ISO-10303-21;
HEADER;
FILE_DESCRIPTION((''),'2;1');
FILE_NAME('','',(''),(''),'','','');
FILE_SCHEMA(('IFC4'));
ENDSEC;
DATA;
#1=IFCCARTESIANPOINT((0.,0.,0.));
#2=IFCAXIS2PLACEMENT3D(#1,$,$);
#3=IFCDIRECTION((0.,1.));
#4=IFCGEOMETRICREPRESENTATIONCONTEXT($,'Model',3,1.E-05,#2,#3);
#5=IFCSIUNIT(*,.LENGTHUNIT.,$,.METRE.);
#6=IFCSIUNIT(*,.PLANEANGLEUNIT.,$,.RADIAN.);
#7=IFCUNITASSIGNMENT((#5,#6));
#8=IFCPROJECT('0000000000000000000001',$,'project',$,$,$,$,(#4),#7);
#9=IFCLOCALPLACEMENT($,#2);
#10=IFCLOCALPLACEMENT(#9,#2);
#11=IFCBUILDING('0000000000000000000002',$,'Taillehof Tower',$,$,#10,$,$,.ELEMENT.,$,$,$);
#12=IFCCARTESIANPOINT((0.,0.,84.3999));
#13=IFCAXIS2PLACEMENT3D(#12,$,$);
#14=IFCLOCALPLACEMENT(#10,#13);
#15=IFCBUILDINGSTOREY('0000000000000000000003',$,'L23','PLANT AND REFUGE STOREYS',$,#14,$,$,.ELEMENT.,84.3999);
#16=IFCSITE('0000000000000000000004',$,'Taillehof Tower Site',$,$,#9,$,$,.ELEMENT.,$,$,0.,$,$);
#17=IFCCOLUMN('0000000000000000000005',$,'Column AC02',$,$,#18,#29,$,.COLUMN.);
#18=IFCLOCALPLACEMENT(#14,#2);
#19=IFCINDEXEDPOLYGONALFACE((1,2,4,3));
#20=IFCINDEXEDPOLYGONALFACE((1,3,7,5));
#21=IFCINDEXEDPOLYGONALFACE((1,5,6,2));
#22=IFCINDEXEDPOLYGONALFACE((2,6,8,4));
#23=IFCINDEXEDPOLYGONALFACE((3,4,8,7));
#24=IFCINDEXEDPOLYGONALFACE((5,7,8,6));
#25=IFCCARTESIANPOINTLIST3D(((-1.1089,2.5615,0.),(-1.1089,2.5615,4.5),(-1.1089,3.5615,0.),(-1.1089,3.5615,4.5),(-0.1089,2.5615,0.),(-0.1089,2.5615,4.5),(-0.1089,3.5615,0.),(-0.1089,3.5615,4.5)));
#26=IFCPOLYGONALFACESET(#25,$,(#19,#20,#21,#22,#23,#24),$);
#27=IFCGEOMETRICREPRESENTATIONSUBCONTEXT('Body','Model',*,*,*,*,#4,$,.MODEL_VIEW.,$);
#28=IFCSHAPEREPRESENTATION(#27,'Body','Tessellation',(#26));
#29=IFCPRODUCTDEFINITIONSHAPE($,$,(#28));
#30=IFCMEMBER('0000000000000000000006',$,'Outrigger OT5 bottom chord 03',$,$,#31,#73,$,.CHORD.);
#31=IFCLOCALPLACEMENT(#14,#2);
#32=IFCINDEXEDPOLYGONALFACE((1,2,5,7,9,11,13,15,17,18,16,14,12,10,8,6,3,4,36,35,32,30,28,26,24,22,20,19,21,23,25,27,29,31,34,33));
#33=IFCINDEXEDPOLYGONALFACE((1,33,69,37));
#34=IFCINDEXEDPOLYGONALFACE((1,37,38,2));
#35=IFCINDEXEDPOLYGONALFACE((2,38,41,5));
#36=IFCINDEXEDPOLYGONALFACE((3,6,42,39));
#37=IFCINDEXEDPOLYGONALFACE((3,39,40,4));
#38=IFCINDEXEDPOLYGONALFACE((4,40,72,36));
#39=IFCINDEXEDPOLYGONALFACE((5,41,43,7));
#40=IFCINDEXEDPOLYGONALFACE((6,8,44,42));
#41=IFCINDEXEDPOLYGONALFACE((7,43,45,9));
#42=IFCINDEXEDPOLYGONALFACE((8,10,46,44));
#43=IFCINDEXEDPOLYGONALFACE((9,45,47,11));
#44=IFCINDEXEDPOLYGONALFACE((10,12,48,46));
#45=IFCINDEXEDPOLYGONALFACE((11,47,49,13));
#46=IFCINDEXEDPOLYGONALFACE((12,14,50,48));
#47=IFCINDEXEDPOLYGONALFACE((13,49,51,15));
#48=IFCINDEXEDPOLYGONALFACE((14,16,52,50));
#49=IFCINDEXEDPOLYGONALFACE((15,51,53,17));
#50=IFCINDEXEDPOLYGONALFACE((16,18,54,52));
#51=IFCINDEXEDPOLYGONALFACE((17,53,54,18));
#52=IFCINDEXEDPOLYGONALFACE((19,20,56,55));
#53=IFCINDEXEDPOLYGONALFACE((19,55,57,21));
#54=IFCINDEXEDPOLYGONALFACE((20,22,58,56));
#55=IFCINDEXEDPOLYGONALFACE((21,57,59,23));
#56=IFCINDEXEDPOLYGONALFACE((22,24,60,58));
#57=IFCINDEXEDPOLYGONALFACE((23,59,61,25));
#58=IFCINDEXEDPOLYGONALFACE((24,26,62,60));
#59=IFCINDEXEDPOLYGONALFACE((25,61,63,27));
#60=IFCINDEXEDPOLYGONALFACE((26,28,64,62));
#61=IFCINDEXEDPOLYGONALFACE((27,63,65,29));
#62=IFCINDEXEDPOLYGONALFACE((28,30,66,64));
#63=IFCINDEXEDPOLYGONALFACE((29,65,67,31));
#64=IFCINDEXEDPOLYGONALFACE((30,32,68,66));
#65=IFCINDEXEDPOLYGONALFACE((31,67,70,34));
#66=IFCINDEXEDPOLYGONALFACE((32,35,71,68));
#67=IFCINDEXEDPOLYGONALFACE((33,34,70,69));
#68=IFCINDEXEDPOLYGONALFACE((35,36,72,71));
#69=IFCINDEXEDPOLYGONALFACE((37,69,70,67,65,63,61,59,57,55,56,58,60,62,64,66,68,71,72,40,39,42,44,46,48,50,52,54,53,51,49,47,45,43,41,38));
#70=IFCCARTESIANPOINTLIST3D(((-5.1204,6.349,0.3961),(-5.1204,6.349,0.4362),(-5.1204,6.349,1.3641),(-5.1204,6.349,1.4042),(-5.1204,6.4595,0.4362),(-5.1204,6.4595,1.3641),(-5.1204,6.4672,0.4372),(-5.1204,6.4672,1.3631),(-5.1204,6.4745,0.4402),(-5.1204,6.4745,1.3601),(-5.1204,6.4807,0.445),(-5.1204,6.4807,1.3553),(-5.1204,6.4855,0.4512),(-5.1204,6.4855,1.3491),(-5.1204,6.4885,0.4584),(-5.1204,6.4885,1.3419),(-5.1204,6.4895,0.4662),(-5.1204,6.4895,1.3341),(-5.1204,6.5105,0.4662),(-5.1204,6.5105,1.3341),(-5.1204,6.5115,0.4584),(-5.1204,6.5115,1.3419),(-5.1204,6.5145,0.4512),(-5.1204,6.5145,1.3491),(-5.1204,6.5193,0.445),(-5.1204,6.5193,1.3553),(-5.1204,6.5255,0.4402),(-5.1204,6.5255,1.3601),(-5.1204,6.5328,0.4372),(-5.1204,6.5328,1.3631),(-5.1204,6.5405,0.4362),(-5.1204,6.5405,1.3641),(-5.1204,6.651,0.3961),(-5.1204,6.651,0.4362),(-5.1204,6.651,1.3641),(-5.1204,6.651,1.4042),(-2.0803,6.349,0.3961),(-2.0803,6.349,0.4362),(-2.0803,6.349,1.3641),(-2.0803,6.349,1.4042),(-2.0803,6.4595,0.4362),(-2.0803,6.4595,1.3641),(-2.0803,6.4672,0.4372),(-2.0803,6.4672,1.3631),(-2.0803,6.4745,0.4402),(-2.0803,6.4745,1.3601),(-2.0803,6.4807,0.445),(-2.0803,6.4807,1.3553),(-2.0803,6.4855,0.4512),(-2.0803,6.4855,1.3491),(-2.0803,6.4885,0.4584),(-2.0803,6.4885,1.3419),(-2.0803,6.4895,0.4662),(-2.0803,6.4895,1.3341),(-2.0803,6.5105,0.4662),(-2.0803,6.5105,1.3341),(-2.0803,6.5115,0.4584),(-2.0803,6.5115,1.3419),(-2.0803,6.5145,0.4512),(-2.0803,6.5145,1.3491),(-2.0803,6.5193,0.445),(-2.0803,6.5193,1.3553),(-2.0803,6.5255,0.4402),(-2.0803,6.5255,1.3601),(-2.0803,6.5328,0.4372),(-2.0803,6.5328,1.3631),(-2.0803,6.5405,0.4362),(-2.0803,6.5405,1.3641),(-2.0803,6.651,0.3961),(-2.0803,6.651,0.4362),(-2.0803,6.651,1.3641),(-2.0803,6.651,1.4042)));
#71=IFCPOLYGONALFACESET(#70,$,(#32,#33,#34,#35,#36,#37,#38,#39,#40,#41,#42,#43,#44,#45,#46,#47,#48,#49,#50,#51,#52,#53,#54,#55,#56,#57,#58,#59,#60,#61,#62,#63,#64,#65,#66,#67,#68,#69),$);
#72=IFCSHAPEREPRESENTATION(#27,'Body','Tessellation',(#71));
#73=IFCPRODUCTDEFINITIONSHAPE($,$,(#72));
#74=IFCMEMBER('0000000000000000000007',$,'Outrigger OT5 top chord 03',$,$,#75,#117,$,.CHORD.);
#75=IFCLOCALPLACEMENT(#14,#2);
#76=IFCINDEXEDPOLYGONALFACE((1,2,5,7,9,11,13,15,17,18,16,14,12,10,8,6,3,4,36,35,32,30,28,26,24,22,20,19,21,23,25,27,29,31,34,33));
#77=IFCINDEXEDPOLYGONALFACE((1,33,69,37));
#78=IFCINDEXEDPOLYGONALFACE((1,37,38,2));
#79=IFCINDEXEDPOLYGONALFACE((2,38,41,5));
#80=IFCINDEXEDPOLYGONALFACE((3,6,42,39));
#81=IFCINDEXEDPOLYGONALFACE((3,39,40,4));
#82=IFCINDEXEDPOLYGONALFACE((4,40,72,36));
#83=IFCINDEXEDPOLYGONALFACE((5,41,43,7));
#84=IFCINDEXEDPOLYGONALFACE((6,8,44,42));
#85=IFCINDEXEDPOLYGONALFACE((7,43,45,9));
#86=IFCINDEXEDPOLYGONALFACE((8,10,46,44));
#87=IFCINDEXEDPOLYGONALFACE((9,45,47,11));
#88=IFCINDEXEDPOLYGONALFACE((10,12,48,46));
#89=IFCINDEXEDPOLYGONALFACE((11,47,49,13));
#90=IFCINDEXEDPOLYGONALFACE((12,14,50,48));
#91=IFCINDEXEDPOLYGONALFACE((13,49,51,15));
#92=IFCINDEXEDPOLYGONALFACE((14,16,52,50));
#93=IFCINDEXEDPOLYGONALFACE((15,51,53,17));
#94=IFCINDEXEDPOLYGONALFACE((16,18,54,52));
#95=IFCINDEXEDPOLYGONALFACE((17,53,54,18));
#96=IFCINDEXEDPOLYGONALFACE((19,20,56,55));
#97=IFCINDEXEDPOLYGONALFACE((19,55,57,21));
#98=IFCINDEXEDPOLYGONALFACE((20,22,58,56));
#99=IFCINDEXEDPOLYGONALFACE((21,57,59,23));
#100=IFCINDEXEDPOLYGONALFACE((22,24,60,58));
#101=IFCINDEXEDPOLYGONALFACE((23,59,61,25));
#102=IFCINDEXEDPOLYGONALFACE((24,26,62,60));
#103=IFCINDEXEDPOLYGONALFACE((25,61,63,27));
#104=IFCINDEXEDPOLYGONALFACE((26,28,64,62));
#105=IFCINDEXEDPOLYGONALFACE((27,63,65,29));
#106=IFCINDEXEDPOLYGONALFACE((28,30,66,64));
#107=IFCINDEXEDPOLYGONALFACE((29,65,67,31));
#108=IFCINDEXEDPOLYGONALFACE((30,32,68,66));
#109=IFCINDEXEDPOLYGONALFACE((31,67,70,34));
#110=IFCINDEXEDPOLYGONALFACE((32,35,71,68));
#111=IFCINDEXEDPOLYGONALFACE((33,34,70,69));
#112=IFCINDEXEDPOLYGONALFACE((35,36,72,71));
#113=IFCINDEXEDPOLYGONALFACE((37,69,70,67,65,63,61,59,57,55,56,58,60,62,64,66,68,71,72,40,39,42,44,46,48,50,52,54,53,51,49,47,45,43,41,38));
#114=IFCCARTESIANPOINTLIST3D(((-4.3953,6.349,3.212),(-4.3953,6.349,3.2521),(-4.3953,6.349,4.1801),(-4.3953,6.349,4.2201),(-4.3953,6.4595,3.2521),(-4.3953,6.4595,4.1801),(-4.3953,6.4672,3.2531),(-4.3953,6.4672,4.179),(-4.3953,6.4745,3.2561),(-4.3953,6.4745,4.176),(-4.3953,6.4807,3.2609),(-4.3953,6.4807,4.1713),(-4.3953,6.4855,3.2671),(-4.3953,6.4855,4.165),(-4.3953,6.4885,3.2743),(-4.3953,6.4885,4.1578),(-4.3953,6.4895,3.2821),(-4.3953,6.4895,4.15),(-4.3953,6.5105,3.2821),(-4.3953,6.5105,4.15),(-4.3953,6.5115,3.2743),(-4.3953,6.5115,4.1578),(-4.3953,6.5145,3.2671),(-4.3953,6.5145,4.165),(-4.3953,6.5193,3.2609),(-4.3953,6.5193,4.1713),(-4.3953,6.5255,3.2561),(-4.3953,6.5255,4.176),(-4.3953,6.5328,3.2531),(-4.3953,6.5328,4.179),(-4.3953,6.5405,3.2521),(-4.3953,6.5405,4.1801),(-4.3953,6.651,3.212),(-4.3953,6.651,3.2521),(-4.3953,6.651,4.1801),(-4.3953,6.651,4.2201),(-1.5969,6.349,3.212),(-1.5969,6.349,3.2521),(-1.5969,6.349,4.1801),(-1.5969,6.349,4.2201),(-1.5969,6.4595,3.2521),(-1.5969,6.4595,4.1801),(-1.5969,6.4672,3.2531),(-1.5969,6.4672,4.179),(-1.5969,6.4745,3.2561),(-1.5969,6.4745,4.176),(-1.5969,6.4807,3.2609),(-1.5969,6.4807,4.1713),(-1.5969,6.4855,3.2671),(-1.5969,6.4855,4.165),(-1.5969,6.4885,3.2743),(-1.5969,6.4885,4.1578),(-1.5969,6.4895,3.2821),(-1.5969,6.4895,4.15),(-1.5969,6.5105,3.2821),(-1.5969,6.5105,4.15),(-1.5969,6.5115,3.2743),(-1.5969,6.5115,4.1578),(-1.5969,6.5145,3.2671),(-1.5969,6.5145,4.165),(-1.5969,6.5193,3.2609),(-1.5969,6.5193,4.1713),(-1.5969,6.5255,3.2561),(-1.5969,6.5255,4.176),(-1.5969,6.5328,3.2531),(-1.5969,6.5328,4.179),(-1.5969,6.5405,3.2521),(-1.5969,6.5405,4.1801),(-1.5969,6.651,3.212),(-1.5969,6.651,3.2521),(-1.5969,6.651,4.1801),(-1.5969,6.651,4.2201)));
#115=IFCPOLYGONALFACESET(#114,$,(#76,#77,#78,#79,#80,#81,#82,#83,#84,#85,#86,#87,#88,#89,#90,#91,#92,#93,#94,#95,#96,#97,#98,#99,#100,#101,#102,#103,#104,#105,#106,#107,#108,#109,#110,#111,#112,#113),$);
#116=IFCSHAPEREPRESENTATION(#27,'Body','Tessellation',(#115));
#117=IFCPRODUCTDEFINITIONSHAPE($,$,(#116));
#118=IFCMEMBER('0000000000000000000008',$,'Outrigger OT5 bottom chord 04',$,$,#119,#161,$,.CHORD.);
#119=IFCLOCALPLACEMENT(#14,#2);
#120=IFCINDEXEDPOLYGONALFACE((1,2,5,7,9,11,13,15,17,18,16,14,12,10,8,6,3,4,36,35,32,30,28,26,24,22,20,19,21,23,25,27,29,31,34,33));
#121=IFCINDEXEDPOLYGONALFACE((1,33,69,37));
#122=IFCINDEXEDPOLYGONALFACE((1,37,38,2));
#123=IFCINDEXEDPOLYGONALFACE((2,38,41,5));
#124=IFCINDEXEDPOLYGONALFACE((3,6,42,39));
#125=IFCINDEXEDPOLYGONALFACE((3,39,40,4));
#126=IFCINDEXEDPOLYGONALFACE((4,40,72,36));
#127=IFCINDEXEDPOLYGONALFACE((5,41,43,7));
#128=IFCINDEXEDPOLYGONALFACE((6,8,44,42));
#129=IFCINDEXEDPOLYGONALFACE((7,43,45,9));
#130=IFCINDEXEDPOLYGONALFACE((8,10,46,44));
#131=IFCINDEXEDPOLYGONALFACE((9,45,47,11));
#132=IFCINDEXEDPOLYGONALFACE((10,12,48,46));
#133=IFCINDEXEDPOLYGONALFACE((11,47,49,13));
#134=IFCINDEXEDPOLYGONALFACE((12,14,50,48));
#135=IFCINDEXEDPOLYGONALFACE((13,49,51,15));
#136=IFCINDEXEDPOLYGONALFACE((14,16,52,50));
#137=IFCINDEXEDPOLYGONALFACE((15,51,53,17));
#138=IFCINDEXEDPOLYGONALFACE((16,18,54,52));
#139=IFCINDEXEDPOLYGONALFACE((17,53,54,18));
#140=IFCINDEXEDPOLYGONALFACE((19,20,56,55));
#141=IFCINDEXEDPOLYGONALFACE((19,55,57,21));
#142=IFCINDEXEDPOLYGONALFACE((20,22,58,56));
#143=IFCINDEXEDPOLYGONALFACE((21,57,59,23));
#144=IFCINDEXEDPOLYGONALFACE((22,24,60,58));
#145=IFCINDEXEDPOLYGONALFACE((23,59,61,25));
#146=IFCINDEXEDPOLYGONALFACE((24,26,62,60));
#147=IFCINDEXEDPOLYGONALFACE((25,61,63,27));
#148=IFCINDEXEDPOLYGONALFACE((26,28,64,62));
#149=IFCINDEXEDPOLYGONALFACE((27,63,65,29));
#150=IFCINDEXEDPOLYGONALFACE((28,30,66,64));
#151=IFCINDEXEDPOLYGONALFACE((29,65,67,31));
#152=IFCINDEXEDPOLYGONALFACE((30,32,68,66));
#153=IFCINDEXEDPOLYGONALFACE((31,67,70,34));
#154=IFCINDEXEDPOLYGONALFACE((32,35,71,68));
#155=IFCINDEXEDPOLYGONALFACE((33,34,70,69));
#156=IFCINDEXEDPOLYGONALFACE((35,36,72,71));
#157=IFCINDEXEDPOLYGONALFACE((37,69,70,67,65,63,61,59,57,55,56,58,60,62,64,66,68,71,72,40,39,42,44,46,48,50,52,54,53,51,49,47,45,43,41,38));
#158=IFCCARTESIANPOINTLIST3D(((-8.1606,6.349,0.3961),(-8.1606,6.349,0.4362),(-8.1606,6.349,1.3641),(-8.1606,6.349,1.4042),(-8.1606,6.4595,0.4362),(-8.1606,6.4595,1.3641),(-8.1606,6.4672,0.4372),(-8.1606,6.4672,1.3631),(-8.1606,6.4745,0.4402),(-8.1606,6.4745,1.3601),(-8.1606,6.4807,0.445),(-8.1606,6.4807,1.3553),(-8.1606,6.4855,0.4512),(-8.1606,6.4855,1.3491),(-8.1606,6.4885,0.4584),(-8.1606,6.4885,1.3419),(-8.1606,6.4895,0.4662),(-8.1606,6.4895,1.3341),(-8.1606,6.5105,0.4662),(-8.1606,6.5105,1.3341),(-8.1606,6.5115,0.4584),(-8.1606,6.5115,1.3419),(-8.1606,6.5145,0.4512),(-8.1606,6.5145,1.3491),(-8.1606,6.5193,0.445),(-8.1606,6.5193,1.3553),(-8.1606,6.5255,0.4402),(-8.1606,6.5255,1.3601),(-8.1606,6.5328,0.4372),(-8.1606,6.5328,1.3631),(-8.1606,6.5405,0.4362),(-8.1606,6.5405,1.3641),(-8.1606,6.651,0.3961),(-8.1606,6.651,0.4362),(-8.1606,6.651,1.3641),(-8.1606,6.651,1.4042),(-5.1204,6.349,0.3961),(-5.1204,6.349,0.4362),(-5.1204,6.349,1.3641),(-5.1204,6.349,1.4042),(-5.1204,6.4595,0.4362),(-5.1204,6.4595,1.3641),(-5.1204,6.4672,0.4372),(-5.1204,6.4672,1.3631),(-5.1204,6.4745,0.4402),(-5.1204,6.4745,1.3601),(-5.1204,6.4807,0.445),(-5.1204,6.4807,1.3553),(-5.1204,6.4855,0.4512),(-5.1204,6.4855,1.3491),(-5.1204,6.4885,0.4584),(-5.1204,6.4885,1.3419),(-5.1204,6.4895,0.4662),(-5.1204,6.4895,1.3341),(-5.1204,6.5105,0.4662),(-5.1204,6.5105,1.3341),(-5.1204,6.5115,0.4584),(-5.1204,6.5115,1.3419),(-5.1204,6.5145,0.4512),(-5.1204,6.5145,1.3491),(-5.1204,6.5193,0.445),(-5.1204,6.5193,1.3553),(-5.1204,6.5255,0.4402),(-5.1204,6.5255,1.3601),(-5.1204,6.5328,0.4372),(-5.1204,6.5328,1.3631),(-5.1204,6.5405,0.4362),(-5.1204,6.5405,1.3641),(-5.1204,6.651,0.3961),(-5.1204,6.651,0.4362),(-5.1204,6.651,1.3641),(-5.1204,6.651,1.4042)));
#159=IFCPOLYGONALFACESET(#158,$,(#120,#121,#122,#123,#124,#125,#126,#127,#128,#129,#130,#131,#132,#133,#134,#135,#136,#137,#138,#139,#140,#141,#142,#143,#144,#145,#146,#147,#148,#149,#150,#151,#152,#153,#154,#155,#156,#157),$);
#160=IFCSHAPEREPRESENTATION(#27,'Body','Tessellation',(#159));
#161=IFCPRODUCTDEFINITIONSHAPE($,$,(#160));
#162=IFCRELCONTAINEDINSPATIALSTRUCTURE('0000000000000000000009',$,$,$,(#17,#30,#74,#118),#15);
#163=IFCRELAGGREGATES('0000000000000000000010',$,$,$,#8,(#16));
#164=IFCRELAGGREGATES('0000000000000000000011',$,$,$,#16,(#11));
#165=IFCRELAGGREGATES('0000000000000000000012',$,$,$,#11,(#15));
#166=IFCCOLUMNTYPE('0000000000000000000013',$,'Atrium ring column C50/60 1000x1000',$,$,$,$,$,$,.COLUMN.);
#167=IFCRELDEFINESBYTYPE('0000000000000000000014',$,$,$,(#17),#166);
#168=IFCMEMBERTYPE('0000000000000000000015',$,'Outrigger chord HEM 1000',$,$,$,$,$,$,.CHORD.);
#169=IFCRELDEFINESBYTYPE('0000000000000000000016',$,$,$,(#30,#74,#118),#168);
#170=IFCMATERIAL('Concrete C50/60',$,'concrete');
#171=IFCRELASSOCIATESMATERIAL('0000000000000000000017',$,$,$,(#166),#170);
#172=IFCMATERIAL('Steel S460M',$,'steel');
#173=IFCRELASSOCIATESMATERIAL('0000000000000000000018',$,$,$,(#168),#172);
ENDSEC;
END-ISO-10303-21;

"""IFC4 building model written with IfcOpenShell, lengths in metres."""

from ifc_helpers import new_model, si_unit, direction, frame, origin, origin_2d, place, context, subcontext, project, spatial, rectangle, i_section, extrude, material, material_profile, profile_set, type_object, element, save


model = new_model("IFC4")

# Units and contexts
model_context = context("Model", 3, precision=1e-05, world=origin(), true_north=direction((0.0, 1.0)))
body_context = subcontext(model_context, "Body", "Model", "MODEL_VIEW")
ifc_project = project(units=[si_unit("LENGTHUNIT", "METRE"), si_unit("PLANEANGLEUNIT", "RADIAN")], contexts=[model_context])

# Site, building, storey
site_placement = place(None, origin())
site = spatial("IfcSite", under=ifc_project, at=site_placement, Name="Taillehof Tower Site", CompositionType="ELEMENT", RefElevation=0.0)
building_placement = place(site_placement, origin())
building = spatial("IfcBuilding", under=site, at=building_placement, Name="Taillehof Tower", CompositionType="ELEMENT")
storey_placement = place(building_placement, frame((0.0, 0.0, 84.3999)))
storey = spatial("IfcBuildingStorey", under=building, at=storey_placement, Name="L23", Description="PLANT AND REFUGE STOREYS", CompositionType="ELEMENT", Elevation=84.3999)

# Column
ifc_material_1 = material(Name="Concrete C50/60", Category="concrete")
ifc_material_profile_1 = material_profile(ifc_material_1, rectangle(XDim=1.0, YDim=1.0, at=origin_2d()), Name="RC 1000x1000")
ifc_profile_set_1 = profile_set([ifc_material_profile_1], Name="Concrete C50/60")
column_type = type_object("IfcColumnType", Name="Atrium ring column C50/60 1000x1000", PredefinedType="COLUMN", material=ifc_profile_set_1)
column_placement = place(storey_placement, frame((-0.6089, 3.0615, 0.0), z_axis=(0.0, 0.0, 1.0), x_axis=(1.0, 0.0, 0.0)))
element("IfcColumn", 1, at=column_placement, inside=storey, type_object=column_type, Name="Column AC02", PredefinedType="COLUMN", context=body_context, shape_type="SweptSolid", body=[
    extrude(rectangle(XDim=1.0, YDim=1.0, at=origin_2d()), origin(), (0.0, 0.0, 1.0), 4.5),
])

# Members
ifc_material_2 = material(Name="Steel S460M", Category="steel")
ifc_material_profile_2 = material_profile(ifc_material_2, i_section(OverallWidth=0.302, OverallDepth=1.0081, WebThickness=0.021, FlangeThickness=0.04, FilletRadius=0.03, at=origin_2d()), Name="HEM 1000")
ifc_profile_set_2 = profile_set([ifc_material_profile_2], Name="Steel S460M")
member_type_1 = type_object("IfcMemberType", Name="Outrigger chord HEM 1000", PredefinedType="CHORD", material=ifc_profile_set_2)
member_1_placement = place(storey_placement, frame((-2.0803, 6.5, 0.9001), z_axis=(-1.0, 0.0, 0.0), x_axis=(0.0, -1.0, 0.0)))
element("IfcMember", 2, at=member_1_placement, inside=storey, type_object=member_type_1, Name="Outrigger OT5 bottom chord 03", PredefinedType="CHORD", context=body_context, shape_type="SweptSolid", body=[
    extrude(i_section(OverallWidth=0.302, OverallDepth=1.0081, WebThickness=0.021, FlangeThickness=0.04, FilletRadius=0.03, at=origin_2d()), origin(), (0.0, 0.0, 1.0), 3.04),
])
member_2_placement = place(storey_placement, frame((-1.5969, 6.5, 3.7161), z_axis=(-1.0, 0.0, 0.0), x_axis=(0.0, -1.0, 0.0)))
element("IfcMember", 3, at=member_2_placement, inside=storey, type_object=member_type_1, Name="Outrigger OT5 top chord 03", PredefinedType="CHORD", context=body_context, shape_type="SweptSolid", body=[
    extrude(i_section(OverallWidth=0.302, OverallDepth=1.0081, WebThickness=0.021, FlangeThickness=0.04, FilletRadius=0.03, at=origin_2d()), origin(), (0.0, 0.0, 1.0), 2.7983),
])
member_3_placement = place(storey_placement, frame((-5.1204, 6.5, 0.9001), z_axis=(-1.0, 0.0, 0.0), x_axis=(0.0, -1.0, 0.0)))
element("IfcMember", 4, at=member_3_placement, inside=storey, type_object=member_type_1, Name="Outrigger OT5 bottom chord 04", PredefinedType="CHORD", context=body_context, shape_type="SweptSolid", body=[
    extrude(i_section(OverallWidth=0.302, OverallDepth=1.0081, WebThickness=0.021, FlangeThickness=0.04, FilletRadius=0.03, at=origin_2d()), origin(), (0.0, 0.0, 1.0), 3.0403),
])

save(model, "model.ifc")
